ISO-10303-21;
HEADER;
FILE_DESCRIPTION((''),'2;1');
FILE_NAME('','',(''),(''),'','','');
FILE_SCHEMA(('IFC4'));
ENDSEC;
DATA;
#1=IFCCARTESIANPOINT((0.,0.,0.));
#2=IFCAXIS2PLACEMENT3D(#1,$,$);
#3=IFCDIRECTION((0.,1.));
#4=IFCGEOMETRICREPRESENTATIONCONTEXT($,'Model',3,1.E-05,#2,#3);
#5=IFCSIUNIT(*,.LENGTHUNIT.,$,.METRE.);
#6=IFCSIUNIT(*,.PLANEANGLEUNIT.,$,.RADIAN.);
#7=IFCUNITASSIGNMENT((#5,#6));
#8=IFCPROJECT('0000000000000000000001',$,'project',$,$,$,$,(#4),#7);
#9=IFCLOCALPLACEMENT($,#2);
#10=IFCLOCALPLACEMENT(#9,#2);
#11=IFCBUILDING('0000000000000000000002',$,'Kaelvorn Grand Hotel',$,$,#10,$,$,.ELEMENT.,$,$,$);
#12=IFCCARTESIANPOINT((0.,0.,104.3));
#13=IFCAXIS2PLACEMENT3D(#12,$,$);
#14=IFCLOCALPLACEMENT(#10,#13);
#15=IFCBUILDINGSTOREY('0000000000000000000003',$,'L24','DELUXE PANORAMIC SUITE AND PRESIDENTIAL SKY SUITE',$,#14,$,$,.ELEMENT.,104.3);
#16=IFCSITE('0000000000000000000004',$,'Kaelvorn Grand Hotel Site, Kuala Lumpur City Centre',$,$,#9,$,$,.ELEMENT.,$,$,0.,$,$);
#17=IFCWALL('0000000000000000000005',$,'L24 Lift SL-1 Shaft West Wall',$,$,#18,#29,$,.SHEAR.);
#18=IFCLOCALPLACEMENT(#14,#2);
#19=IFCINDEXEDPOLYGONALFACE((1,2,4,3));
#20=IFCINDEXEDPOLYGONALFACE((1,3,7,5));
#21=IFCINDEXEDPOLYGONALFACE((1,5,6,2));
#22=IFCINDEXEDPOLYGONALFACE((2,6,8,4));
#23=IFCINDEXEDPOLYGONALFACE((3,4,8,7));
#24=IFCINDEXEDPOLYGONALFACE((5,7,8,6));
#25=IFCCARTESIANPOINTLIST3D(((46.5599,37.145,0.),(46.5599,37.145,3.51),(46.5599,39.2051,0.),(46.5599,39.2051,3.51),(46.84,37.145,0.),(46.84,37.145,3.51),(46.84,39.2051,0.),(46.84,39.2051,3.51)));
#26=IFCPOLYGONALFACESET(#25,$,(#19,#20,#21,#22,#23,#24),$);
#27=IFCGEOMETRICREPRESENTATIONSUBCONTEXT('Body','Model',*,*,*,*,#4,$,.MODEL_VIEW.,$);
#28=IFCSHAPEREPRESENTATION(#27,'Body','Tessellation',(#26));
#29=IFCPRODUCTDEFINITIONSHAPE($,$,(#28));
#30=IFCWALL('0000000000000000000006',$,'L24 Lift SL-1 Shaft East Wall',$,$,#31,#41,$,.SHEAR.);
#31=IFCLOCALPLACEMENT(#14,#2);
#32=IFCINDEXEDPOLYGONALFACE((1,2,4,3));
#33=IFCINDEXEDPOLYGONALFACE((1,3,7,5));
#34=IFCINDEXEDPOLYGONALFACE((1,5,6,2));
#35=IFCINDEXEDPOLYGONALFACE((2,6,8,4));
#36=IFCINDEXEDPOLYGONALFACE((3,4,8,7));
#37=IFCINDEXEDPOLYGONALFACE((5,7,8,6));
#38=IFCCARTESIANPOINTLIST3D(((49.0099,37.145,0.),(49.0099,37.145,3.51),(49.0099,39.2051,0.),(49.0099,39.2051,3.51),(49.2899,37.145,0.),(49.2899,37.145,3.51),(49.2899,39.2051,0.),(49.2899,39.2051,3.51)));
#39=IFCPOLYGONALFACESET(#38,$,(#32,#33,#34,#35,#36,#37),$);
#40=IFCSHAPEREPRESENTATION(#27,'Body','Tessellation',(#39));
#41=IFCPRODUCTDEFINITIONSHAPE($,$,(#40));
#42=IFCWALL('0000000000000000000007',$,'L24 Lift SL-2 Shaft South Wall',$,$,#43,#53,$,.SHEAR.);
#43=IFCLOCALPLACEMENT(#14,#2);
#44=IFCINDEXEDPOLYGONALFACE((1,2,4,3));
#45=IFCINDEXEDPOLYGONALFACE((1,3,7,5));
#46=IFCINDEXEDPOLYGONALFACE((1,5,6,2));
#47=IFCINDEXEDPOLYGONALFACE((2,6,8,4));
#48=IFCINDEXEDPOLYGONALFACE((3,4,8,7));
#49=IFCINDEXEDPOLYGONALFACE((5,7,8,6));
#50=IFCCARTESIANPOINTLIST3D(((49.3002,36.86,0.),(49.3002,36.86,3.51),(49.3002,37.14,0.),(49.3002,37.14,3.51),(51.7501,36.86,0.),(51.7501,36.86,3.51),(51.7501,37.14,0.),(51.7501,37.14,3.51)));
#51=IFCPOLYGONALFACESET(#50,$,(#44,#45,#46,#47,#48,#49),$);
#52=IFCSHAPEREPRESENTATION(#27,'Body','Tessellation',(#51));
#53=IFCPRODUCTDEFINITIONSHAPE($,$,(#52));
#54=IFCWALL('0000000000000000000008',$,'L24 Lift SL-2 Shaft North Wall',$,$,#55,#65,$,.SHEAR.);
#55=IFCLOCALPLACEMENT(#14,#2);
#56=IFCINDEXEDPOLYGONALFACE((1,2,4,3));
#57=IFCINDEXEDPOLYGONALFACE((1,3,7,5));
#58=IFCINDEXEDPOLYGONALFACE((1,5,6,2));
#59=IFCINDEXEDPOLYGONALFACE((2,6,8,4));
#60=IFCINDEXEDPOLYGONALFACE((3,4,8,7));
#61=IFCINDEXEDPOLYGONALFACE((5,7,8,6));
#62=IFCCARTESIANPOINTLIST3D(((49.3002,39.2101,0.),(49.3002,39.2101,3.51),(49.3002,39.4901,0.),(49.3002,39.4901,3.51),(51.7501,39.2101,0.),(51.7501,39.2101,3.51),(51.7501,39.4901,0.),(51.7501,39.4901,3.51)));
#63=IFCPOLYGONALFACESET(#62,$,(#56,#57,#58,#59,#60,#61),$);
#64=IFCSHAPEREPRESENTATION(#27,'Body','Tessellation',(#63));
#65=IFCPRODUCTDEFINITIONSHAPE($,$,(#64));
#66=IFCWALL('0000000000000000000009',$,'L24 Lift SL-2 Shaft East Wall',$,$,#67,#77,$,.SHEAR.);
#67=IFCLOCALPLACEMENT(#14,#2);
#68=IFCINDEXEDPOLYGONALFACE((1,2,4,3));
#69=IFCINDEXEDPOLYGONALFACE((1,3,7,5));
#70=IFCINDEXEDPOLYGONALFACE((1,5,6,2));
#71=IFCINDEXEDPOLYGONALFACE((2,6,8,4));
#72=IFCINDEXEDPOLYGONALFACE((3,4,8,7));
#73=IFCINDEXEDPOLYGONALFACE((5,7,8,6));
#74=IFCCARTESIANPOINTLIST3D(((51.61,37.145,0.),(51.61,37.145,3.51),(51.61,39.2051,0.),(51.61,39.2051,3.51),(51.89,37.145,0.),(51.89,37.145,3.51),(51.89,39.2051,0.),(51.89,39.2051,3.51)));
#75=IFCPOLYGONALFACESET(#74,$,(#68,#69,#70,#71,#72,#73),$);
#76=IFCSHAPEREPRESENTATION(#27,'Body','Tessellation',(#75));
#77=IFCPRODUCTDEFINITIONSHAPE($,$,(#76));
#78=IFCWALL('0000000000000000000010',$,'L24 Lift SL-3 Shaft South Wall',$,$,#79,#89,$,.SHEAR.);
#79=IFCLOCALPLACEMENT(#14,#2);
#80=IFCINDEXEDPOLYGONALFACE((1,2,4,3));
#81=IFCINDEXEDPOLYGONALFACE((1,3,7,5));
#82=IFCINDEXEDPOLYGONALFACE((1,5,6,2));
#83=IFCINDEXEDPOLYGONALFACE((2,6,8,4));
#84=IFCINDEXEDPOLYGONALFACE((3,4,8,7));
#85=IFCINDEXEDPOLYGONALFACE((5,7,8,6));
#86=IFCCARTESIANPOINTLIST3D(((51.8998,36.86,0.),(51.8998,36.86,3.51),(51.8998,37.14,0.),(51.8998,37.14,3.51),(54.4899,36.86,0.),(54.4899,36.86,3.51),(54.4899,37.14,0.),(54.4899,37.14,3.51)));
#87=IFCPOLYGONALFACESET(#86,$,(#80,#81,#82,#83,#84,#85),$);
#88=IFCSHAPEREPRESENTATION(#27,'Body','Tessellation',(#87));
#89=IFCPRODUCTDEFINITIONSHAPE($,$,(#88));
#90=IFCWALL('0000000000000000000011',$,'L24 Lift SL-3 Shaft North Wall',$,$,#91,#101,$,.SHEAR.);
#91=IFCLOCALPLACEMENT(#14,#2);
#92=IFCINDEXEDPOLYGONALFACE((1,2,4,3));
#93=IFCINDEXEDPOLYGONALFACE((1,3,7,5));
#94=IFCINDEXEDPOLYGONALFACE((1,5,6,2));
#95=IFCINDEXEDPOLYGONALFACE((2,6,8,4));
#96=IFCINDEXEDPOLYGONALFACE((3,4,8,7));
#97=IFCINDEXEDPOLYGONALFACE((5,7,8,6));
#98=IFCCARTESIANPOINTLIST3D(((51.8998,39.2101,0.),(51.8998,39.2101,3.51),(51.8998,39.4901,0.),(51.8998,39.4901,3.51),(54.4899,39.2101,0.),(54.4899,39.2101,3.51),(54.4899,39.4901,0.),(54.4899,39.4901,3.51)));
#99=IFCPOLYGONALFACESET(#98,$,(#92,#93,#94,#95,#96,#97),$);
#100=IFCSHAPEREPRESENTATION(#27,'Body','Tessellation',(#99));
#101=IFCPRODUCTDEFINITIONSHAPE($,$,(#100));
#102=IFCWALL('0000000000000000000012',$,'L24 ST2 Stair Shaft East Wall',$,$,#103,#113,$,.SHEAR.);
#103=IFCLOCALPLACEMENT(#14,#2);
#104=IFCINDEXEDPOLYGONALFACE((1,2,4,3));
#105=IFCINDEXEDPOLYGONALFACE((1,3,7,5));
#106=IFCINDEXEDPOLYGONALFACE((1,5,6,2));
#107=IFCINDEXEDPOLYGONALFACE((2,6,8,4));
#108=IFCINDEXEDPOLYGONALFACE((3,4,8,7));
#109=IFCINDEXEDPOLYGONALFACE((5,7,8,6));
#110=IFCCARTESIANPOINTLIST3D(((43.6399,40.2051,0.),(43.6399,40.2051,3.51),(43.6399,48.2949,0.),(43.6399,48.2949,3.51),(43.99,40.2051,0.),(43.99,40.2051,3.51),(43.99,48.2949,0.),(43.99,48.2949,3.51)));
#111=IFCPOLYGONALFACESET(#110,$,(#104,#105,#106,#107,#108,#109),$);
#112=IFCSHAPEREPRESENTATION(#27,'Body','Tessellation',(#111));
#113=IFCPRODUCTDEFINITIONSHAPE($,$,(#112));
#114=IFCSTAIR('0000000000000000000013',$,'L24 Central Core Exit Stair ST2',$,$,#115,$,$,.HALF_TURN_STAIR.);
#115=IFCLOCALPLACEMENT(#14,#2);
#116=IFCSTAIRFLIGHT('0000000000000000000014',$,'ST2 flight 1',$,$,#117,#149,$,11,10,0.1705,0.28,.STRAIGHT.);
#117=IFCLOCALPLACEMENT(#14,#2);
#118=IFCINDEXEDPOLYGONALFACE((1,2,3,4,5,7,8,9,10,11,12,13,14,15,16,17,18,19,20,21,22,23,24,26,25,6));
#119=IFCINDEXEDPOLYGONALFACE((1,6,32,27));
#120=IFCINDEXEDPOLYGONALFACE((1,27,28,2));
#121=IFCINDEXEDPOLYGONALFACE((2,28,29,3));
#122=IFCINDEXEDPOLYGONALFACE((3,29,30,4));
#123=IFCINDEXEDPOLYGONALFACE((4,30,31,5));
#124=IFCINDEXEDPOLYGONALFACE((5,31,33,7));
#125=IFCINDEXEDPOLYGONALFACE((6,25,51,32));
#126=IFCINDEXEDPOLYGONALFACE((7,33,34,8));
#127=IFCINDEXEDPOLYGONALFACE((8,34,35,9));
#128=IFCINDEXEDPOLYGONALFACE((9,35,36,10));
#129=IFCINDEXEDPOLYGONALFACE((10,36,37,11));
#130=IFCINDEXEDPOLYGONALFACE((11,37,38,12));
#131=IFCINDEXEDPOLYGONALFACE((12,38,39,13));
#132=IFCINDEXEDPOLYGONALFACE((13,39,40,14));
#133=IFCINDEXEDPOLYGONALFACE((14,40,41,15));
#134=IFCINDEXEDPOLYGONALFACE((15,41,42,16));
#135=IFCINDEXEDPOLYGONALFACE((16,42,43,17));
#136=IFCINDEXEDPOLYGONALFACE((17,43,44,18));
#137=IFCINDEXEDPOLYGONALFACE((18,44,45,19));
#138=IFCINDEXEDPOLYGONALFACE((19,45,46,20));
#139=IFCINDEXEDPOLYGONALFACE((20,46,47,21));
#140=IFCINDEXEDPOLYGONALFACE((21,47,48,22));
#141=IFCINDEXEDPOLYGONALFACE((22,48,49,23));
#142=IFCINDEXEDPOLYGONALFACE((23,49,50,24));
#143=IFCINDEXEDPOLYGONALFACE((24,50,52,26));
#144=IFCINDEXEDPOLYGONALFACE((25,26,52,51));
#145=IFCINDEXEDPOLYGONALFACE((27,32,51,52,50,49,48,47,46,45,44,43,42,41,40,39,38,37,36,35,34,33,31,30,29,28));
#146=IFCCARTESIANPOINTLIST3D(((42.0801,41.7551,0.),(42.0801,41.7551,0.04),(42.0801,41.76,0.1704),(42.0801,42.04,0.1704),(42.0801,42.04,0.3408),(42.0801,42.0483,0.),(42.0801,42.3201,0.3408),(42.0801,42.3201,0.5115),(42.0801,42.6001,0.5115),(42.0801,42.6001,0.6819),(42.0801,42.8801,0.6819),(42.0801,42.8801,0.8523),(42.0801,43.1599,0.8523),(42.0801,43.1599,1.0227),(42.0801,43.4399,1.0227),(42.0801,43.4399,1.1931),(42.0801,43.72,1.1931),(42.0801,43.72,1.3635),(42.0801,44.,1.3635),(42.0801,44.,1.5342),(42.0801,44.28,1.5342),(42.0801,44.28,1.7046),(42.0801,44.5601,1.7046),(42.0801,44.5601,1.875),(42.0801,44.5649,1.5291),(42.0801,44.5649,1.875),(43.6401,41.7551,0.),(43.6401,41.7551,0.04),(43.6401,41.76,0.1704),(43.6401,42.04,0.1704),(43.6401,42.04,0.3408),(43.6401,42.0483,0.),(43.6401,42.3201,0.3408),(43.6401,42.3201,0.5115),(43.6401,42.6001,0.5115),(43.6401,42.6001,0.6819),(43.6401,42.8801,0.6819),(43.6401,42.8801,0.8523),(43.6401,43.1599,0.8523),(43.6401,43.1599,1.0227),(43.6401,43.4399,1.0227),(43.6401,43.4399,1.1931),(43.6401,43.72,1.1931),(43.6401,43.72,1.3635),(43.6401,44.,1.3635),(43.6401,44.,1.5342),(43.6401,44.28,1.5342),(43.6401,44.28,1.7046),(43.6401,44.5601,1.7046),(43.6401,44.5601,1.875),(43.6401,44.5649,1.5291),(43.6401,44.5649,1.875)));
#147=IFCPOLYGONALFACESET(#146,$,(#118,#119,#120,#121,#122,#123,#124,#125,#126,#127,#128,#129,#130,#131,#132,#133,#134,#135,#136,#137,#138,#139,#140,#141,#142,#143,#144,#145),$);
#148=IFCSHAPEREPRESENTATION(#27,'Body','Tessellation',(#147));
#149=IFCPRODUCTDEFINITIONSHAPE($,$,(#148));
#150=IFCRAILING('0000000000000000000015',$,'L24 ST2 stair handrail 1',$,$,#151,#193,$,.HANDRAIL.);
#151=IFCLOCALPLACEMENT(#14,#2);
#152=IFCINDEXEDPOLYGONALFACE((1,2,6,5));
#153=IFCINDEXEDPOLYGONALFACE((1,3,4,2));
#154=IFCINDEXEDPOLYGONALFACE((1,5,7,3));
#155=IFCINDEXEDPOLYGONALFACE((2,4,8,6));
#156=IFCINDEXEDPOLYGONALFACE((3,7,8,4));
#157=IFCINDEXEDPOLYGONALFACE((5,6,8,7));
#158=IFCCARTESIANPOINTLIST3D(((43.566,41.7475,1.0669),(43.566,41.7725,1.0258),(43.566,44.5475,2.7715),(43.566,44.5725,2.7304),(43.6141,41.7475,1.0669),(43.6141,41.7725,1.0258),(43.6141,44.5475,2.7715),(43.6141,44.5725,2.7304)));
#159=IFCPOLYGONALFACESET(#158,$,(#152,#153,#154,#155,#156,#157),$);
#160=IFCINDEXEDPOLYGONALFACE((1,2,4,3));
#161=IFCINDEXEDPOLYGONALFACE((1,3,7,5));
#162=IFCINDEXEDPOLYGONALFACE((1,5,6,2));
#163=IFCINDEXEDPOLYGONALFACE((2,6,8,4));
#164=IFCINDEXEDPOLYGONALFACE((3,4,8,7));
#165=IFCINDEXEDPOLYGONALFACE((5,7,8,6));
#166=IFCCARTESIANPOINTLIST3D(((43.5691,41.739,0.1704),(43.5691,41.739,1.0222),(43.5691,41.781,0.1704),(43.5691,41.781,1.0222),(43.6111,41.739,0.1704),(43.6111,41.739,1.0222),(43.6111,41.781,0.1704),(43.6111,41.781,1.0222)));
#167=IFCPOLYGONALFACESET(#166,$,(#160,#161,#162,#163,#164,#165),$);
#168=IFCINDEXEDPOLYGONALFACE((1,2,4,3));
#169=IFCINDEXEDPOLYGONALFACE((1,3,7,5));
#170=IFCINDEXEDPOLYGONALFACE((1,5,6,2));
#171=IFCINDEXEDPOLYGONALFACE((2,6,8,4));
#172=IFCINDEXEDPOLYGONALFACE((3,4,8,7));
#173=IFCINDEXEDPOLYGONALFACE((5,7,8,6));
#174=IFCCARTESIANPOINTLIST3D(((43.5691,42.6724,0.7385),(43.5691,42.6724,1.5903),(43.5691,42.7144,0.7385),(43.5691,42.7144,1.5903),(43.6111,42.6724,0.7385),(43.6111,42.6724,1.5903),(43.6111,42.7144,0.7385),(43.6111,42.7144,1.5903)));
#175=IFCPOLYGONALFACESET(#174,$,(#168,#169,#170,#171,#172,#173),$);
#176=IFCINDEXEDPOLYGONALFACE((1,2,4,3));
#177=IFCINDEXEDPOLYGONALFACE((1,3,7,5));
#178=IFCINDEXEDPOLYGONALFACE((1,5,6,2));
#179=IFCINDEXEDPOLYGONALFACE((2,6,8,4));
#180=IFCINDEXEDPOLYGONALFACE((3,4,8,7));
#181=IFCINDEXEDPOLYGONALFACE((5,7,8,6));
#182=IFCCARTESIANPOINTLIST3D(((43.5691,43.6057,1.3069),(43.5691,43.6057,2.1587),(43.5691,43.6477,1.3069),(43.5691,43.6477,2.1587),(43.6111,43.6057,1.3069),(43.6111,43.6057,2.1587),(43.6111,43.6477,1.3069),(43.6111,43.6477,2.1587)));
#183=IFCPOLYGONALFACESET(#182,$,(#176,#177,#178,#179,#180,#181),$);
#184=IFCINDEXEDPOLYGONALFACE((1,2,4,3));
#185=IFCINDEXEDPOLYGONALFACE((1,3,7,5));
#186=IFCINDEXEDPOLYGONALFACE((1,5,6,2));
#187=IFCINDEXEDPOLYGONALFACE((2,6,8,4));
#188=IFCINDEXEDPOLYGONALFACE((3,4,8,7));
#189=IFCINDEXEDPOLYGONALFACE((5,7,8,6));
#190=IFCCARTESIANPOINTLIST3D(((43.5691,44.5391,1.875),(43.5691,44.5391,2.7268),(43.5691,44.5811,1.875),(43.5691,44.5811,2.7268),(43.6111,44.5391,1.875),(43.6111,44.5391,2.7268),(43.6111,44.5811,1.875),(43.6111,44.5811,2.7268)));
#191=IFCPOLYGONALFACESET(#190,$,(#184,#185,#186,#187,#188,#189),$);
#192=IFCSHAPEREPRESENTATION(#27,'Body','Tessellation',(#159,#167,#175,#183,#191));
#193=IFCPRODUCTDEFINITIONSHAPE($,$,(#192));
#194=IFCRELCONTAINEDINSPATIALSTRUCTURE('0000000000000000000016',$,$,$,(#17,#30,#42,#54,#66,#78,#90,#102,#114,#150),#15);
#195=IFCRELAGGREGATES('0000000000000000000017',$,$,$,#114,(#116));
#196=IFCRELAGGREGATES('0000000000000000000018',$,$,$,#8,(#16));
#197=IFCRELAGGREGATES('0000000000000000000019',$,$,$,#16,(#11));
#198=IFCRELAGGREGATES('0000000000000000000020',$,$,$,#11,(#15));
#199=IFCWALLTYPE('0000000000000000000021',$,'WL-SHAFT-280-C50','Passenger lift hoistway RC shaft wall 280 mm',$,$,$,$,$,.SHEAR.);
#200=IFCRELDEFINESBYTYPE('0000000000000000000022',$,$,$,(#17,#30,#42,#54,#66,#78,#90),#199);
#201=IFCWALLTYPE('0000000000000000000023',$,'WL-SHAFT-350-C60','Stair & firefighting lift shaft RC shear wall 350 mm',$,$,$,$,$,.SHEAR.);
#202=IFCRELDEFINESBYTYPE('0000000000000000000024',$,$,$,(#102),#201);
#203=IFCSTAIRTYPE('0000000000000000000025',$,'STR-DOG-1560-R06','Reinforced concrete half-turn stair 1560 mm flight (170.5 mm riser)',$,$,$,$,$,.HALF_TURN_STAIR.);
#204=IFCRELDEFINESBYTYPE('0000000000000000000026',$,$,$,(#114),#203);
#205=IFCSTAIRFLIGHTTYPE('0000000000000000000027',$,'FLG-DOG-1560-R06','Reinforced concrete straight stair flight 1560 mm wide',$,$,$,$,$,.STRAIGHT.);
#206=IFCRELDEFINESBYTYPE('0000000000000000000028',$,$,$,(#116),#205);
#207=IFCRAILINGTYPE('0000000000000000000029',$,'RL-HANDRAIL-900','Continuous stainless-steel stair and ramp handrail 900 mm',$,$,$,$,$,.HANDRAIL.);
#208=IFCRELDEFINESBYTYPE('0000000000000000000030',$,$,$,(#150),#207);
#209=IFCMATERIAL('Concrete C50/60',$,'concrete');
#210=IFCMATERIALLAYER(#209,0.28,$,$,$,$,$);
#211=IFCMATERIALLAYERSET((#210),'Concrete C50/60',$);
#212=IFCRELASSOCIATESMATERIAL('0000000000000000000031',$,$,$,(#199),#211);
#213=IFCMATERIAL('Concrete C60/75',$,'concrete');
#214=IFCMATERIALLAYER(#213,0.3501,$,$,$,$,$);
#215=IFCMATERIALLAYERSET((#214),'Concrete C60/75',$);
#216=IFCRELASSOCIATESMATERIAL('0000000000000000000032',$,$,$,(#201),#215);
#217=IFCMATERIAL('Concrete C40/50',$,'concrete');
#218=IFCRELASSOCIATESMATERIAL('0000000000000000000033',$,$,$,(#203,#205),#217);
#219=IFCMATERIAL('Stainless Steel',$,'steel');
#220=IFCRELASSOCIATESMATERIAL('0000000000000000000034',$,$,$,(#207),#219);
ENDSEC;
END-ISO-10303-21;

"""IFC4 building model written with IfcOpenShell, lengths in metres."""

from ifc_helpers import new_model, si_unit, direction, frame, frame_2d, origin, origin_2d, place, context, subcontext, project, spatial, polyline, rectangle, outline, extrude, material, layer, layer_set, type_object, element, aggregate, save


model = new_model("IFC4")

# Units and contexts
model_context = context("Model", 3, precision=1e-05, world=origin(), true_north=direction((0.0, 1.0)))
body_context = subcontext(model_context, "Body", "Model", "MODEL_VIEW")
ifc_project = project(units=[si_unit("LENGTHUNIT", "METRE"), si_unit("PLANEANGLEUNIT", "RADIAN")], contexts=[model_context])

# Site, building, storey
site_placement = place(None, origin())
site = spatial("IfcSite", under=ifc_project, at=site_placement, Name="Kaelvorn Grand Hotel Site, Kuala Lumpur City Centre", CompositionType="ELEMENT", RefElevation=0.0)
building_placement = place(site_placement, origin())
building = spatial("IfcBuilding", under=site, at=building_placement, Name="Kaelvorn Grand Hotel", CompositionType="ELEMENT")
storey_placement = place(building_placement, frame((0.0, 0.0, 104.3)))
storey = spatial("IfcBuildingStorey", under=building, at=storey_placement, Name="L24", Description="DELUXE PANORAMIC SUITE AND PRESIDENTIAL SKY SUITE", CompositionType="ELEMENT", Elevation=104.3)

# Shared definitions
ifc_material_1 = material(Name="Concrete C60/75", Category="concrete")

# Walls
ifc_material_2 = material(Name="Concrete C40/50", Category="concrete")
ifc_material_3 = material(Name="Concrete C50/60", Category="concrete")
ifc_layer_1 = layer(ifc_material_3, 0.28)
ifc_layer_set_1 = layer_set([ifc_layer_1], Name="Concrete C50/60")
wall_type_1 = type_object("IfcWallType", Name="WL-SHAFT-280-C50", Description="Passenger lift hoistway RC shaft wall 280 mm", PredefinedType="SHEAR", material=ifc_layer_set_1)
for number, where, z_axis, x_axis, name in (
    (1, (46.7, 37.145, 0.0), (0.0, 0.0, 1.0), (0.0, 1.0, 0.0), "L24 Lift SL-1 Shaft West Wall"),
    (2, (49.1499, 37.145, 0.0), (0.0, 0.0, 1.0), (0.0, 1.0, 0.0), "L24 Lift SL-1 Shaft East Wall"),
):
    element("IfcWall", number, at=place(storey_placement, frame(where, z_axis=z_axis, x_axis=x_axis)), inside=storey, type_object=wall_type_1, Name=name, PredefinedType="SHEAR", context=body_context, shape_type="SweptSolid", body=[
        extrude(rectangle(XDim=2.0601, YDim=0.28, at=frame_2d((1.03, 0.0))), origin(), (0.0, 0.0, 1.0), 3.51),
    ])
for number, where, z_axis, x_axis, name in (
    (3, (49.3, 37.0, 0.0), (0.0, 0.0, 1.0), (1.0, 0.0, 0.0), "L24 Lift SL-2 Shaft South Wall"),
    (4, (49.3, 39.3501, 0.0), (0.0, 0.0, 1.0), (1.0, 0.0, 0.0), "L24 Lift SL-2 Shaft North Wall"),
):
    element("IfcWall", number, at=place(storey_placement, frame(where, z_axis=z_axis, x_axis=x_axis)), inside=storey, type_object=wall_type_1, Name=name, PredefinedType="SHEAR", context=body_context, shape_type="SweptSolid", body=[
        extrude(rectangle(XDim=2.45, YDim=0.28, at=frame_2d((1.2251, 0.0))), origin(), (0.0, 0.0, 1.0), 3.51),
    ])
wall_1_placement = place(storey_placement, frame((51.75, 37.145, 0.0), z_axis=(0.0, 0.0, 1.0), x_axis=(0.0, 1.0, 0.0)))
element("IfcWall", 5, at=wall_1_placement, inside=storey, type_object=wall_type_1, Name="L24 Lift SL-2 Shaft East Wall", PredefinedType="SHEAR", context=body_context, shape_type="SweptSolid", body=[
    extrude(rectangle(XDim=2.0601, YDim=0.28, at=frame_2d((1.03, 0.0))), origin(), (0.0, 0.0, 1.0), 3.51),
])
for number, where, z_axis, x_axis, name in (
    (6, (51.8999, 37.0, 0.0), (0.0, 0.0, 1.0), (1.0, 0.0, 0.0), "L24 Lift SL-3 Shaft South Wall"),
    (7, (51.8999, 39.3501, 0.0), (0.0, 0.0, 1.0), (1.0, 0.0, 0.0), "L24 Lift SL-3 Shaft North Wall"),
):
    element("IfcWall", number, at=place(storey_placement, frame(where, z_axis=z_axis, x_axis=x_axis)), inside=storey, type_object=wall_type_1, Name=name, PredefinedType="SHEAR", context=body_context, shape_type="SweptSolid", body=[
        extrude(rectangle(XDim=2.5901, YDim=0.28, at=frame_2d((1.2949, 0.0))), origin(), (0.0, 0.0, 1.0), 3.51),
    ])
ifc_layer_2 = layer(ifc_material_1, 0.3501)
ifc_layer_set_2 = layer_set([ifc_layer_2], Name="Concrete C60/75")
wall_type_2 = type_object("IfcWallType", Name="WL-SHAFT-350-C60", Description="Stair & firefighting lift shaft RC shear wall 350 mm", PredefinedType="SHEAR", material=ifc_layer_set_2)
wall_2_placement = place(storey_placement, frame((43.8149, 40.2051, 0.0), z_axis=(0.0, 0.0, 1.0), x_axis=(0.0, 1.0, 0.0)))
element("IfcWall", 8, at=wall_2_placement, inside=storey, type_object=wall_type_2, Name="L24 ST2 Stair Shaft East Wall", PredefinedType="SHEAR", context=body_context, shape_type="SweptSolid", body=[
    extrude(rectangle(XDim=8.0898, YDim=0.3501, at=frame_2d((4.0449, 0.0))), origin(), (0.0, 0.0, 1.0), 3.51),
])

# Stair, stair flight
stair_type = type_object("IfcStairType", Name="STR-DOG-1560-R06", Description="Reinforced concrete half-turn stair 1560 mm flight (170.5 mm riser)", PredefinedType="HALF_TURN_STAIR", material=ifc_material_2)
stair_placement = place(storey_placement, origin())
stair = element("IfcStair", 9, at=stair_placement, inside=storey, type_object=stair_type, Name="L24 Central Core Exit Stair ST2", PredefinedType="HALF_TURN_STAIR")
stair_flight_type = type_object("IfcStairFlightType", Name="FLG-DOG-1560-R06", Description="Reinforced concrete straight stair flight 1560 mm wide", PredefinedType="STRAIGHT", material=ifc_material_2)
stair_flight_placement = place(storey_placement, frame((42.8601, 41.76, 0.0), z_axis=(0.0, 0.0, 1.0), x_axis=(0.0, 1.0, 0.0)))
stair_flight = element("IfcStairFlight", 10, at=stair_flight_placement, type_object=stair_flight_type, Name="ST2 flight 1", NumberOfRisers=11, NumberOfTreads=10, PredefinedType="STRAIGHT", RiserHeight=0.1705, TreadLength=0.28, context=body_context, shape_type="SweptSolid", body=[
    extrude(outline(polyline([(-0.0049, 0.0), (-0.0049, 0.04), (0.0, 0.1704), (0.28, 0.1704), (0.28, 0.3408), (0.5601, 0.3408), (0.5601, 0.5115), (0.8401, 0.5115), (0.8401, 0.6819), (1.1201, 0.6819), (1.1201, 0.8523), (1.3999, 0.8523), (1.3999, 1.0227), (1.6799, 1.0227), (1.6799, 1.1931), (1.96, 1.1931), (1.96, 1.3635), (2.24, 1.3635), (2.24, 1.5342), (2.52, 1.5342), (2.52, 1.7046), (2.8, 1.7046), (2.8, 1.875), (2.8049, 1.875), (2.8049, 1.5291), (0.2883, 0.0), (-0.0049, 0.0)])), frame((0.0, 0.78, 0.0), z_axis=(0.0, -1.0, 0.0), x_axis=(1.0, 0.0, 0.0)), (0.0, 0.0, 1.0), 1.5601),
])
aggregate(stair, [stair_flight])

# Railing
ifc_material_4 = material(Name="Stainless Steel", Category="steel")
railing_type_1 = type_object("IfcRailingType", Name="RL-HANDRAIL-900", Description="Continuous stainless-steel stair and ramp handrail 900 mm", PredefinedType="HANDRAIL", material=ifc_material_4)
railing_1_placement = place(storey_placement, frame((43.5901, 41.76, 0.1704)))
element("IfcRailing", 11, at=railing_1_placement, inside=storey, type_object=railing_type_1, Name="L24 ST2 stair handrail 1", PredefinedType="HANDRAIL", context=body_context, shape_type="SweptSolid", body=[
    extrude(rectangle(XDim=0.0481, YDim=0.0481, at=origin_2d()), frame((0.0, 0.0, 0.876), z_axis=(0.0, 0.85417, 0.519994), x_axis=(-1.0, 0.0, 0.0)), (0.0, 0.0, 1.0), 3.2781),
    extrude(rectangle(XDim=0.042, YDim=0.042, at=origin_2d()), origin(), (0.0, 0.0, 1.0), 0.8518),
    extrude(rectangle(XDim=0.042, YDim=0.042, at=origin_2d()), frame((0.0, 0.9333, 0.5681)), (0.0, 0.0, 1.0), 0.8518),
    extrude(rectangle(XDim=0.042, YDim=0.042, at=origin_2d()), frame((0.0, 1.8667, 1.1365)), (0.0, 0.0, 1.0), 0.8518),
    extrude(rectangle(XDim=0.042, YDim=0.042, at=origin_2d()), frame((0.0, 2.8, 1.7046)), (0.0, 0.0, 1.0), 0.8518),
])

save(model, "model.ifc")
